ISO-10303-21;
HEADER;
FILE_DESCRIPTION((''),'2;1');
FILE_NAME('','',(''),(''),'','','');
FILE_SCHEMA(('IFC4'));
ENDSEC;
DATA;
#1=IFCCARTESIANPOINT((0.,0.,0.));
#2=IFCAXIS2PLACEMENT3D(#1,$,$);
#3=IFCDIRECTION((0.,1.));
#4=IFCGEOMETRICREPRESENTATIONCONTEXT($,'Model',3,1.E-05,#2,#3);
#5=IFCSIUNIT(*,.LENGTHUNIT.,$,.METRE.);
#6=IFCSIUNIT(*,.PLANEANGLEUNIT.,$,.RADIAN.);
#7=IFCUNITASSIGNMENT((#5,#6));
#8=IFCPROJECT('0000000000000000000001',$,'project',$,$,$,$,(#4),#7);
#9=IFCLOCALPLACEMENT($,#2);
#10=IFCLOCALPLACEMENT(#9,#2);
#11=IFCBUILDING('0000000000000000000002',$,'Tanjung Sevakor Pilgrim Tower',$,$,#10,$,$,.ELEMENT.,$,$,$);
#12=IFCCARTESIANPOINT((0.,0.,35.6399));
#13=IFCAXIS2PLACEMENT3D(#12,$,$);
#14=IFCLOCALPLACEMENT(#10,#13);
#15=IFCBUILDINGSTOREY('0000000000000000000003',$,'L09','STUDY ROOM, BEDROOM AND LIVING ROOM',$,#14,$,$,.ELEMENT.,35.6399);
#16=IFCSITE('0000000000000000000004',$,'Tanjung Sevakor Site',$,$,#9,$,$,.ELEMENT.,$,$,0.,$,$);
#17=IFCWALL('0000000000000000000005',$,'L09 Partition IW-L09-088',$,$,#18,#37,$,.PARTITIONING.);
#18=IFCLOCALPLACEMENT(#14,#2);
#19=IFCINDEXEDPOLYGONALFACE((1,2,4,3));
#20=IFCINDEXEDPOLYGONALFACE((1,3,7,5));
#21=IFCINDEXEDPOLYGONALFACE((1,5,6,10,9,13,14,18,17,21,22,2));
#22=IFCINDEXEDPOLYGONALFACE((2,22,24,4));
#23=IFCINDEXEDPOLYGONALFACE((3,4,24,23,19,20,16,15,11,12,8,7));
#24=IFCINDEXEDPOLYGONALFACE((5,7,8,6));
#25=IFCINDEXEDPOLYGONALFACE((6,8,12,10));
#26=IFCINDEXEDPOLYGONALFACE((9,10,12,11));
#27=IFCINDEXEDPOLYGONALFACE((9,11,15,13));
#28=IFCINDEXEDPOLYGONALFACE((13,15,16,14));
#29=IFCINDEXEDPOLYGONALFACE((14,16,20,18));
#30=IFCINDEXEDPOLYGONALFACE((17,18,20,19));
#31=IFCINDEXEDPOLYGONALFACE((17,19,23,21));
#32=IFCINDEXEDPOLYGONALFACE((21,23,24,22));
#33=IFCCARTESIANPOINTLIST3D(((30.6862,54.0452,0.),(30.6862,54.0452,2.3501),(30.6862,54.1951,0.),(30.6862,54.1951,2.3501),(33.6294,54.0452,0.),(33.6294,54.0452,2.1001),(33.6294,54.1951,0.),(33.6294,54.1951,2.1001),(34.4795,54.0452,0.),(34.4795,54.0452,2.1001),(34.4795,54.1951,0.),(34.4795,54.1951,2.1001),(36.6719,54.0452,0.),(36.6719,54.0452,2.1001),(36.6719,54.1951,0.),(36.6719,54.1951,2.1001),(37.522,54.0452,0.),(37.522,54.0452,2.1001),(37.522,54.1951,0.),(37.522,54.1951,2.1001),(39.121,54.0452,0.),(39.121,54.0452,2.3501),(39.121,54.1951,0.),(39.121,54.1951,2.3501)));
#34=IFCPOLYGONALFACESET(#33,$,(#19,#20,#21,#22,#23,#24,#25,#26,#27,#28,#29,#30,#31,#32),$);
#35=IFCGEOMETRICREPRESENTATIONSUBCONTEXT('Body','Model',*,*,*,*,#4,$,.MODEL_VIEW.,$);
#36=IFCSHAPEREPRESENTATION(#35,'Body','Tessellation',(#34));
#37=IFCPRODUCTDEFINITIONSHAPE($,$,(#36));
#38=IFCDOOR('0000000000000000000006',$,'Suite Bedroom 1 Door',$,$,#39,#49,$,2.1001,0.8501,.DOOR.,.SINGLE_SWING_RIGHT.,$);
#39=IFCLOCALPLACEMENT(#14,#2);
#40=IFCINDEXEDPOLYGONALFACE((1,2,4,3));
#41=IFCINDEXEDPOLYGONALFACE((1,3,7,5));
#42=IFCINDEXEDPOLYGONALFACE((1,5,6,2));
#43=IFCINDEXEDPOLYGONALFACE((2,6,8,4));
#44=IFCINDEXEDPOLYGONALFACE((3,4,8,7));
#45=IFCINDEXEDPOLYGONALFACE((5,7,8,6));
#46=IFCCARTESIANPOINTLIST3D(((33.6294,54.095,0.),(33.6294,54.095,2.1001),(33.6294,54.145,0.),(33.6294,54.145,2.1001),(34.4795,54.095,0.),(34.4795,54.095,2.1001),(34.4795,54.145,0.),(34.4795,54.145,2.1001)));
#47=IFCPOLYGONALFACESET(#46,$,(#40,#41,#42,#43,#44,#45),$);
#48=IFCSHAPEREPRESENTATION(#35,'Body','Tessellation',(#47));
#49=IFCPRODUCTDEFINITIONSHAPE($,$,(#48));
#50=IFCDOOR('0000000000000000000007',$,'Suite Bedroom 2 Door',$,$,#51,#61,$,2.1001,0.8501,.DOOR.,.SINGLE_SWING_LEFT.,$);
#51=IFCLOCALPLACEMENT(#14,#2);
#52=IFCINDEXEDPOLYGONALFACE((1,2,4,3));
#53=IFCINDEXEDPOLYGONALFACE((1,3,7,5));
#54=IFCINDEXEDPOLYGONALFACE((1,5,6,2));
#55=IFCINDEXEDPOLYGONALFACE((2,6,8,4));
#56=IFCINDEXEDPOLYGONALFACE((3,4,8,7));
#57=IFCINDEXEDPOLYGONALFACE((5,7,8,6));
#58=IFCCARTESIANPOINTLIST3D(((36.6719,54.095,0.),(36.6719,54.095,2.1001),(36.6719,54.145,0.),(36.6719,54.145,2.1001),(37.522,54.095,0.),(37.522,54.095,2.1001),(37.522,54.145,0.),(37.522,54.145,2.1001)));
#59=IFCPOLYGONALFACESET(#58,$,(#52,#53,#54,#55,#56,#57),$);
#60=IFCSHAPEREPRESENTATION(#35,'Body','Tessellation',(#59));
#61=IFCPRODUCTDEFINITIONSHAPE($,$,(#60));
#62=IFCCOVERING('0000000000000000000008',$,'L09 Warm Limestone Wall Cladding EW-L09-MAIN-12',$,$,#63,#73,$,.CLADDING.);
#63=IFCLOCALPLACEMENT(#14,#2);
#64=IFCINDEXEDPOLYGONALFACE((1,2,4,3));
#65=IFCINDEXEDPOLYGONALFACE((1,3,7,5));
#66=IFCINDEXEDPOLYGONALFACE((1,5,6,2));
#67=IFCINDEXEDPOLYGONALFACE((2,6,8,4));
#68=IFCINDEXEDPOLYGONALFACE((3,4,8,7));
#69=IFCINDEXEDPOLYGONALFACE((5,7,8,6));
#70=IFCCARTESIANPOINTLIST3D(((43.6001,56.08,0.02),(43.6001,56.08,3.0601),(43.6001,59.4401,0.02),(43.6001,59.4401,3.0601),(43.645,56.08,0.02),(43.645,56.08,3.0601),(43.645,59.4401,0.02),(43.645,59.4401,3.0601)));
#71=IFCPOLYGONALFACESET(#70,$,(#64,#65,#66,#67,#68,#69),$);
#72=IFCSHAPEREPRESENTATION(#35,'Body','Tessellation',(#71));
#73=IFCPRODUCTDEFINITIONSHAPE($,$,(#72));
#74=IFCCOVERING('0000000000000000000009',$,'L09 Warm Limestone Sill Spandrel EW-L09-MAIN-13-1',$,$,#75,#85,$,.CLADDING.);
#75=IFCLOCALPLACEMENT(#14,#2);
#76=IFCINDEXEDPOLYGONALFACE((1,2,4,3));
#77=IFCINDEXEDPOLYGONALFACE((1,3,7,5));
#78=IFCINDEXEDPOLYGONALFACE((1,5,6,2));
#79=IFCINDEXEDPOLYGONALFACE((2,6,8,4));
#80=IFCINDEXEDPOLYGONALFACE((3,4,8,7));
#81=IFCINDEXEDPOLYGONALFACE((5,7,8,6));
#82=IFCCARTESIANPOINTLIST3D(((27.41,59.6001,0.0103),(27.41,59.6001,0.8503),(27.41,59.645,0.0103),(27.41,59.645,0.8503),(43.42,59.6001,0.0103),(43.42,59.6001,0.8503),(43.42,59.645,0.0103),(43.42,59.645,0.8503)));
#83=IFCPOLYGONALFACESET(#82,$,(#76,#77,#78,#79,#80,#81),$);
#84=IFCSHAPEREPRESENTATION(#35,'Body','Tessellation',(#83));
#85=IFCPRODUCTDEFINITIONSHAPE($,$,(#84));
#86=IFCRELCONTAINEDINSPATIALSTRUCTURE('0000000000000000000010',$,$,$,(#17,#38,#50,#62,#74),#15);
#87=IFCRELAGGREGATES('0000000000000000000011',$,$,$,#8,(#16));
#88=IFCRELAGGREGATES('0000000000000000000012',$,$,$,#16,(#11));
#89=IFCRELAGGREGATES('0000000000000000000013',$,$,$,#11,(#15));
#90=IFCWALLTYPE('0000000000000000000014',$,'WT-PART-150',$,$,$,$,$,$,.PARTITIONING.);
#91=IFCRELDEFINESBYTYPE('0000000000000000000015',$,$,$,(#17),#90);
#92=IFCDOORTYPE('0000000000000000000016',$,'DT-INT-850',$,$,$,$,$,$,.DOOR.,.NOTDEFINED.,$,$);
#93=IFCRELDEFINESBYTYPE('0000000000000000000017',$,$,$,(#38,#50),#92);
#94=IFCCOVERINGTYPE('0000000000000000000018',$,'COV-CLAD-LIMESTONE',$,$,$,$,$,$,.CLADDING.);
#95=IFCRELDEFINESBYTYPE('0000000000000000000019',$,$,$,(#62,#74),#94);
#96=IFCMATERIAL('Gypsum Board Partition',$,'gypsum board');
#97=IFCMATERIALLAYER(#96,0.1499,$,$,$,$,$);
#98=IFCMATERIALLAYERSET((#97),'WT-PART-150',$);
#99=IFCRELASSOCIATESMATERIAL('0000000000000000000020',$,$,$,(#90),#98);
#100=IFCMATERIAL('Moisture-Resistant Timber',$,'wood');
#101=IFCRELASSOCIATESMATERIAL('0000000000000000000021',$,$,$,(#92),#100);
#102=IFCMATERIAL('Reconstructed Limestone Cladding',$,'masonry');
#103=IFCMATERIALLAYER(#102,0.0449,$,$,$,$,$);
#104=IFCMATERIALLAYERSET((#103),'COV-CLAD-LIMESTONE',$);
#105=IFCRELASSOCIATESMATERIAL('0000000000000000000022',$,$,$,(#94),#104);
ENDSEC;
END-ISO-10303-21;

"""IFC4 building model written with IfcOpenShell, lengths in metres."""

from ifc_helpers import new_model, si_unit, direction, frame, frame_2d, origin, origin_2d, place, context, subcontext, project, spatial, rectangle, extrude, material, layer, layer_set, type_object, element, fill, save


model = new_model("IFC4")

# Units and contexts
model_context = context("Model", 3, precision=1e-05, world=origin(), true_north=direction((0.0, 1.0)))
body_context = subcontext(model_context, "Body", "Model", "MODEL_VIEW")
ifc_project = project(units=[si_unit("LENGTHUNIT", "METRE"), si_unit("PLANEANGLEUNIT", "RADIAN")], contexts=[model_context])

# Site, building, storey
site_placement = place(None, origin())
site = spatial("IfcSite", under=ifc_project, at=site_placement, Name="Tanjung Sevakor Site", CompositionType="ELEMENT", RefElevation=0.0)
building_placement = place(site_placement, origin())
building = spatial("IfcBuilding", under=site, at=building_placement, Name="Tanjung Sevakor Pilgrim Tower", CompositionType="ELEMENT")
storey_placement = place(building_placement, frame((0.0, 0.0, 35.6399)))
storey = spatial("IfcBuildingStorey", under=building, at=storey_placement, Name="L09", Description="STUDY ROOM, BEDROOM AND LIVING ROOM", CompositionType="ELEMENT", Elevation=35.6399)

# Shared definitions
ifc_material_1 = material(Name="Gypsum Board Partition", Category="gypsum board")
ifc_layer_1 = layer(ifc_material_1, 0.1499)
ifc_layer_set_1 = layer_set([ifc_layer_1], Name="WT-PART-150")
wall_type_1 = type_object("IfcWallType", Name="WT-PART-150", PredefinedType="PARTITIONING", material=ifc_layer_set_1)

# Wall, openings, doors
wall_1_placement = place(storey_placement, frame((30.6863, 54.1201, 0.0), z_axis=(0.0, 0.0, 1.0), x_axis=(1.0, 0.0, 0.0)))
wall_1 = element("IfcWall", 1, at=wall_1_placement, inside=storey, type_object=wall_type_1, Name="L09 Partition IW-L09-088", PredefinedType="PARTITIONING", context=body_context, shape_type="SweptSolid", body=[
    extrude(rectangle(XDim=8.4348, YDim=0.1499, at=frame_2d((4.2173, 0.0))), origin(), (0.0, 0.0, 1.0), 2.3501),
])
opening_1_placement = place(wall_1_placement, frame((2.9431, 0.0, 0.0)))
opening_1 = element("IfcOpeningElement", 2, at=opening_1_placement, cuts=wall_1, PredefinedType="OPENING", context=body_context, shape_type="SweptSolid", body=[
    extrude(rectangle(XDim=0.8501, YDim=2.1001, at=frame_2d((0.425, 1.05))), frame((0.0, 0.085, 0.0), z_axis=(0.0, -1.0, 0.0), x_axis=(1.0, 0.0, 0.0)), (0.0, 0.0, 1.0), 0.1699),
])
opening_2_placement = place(wall_1_placement, frame((5.9856, 0.0, 0.0)))
opening_2 = element("IfcOpeningElement", 3, at=opening_2_placement, cuts=wall_1, PredefinedType="OPENING", context=body_context, shape_type="SweptSolid", body=[
    extrude(rectangle(XDim=0.8501, YDim=2.1001, at=frame_2d((0.425, 1.05))), frame((0.0, 0.085, 0.0), z_axis=(0.0, -1.0, 0.0), x_axis=(1.0, 0.0, 0.0)), (0.0, 0.0, 1.0), 0.1699),
])
ifc_material_2 = material(Name="Moisture-Resistant Timber", Category="wood")
door_type_1 = type_object("IfcDoorType", Name="DT-INT-850", OperationType="NOTDEFINED", PredefinedType="DOOR", material=ifc_material_2)
door_1_placement = place(opening_1_placement, origin())
door_1 = element("IfcDoor", 4, at=door_1_placement, inside=storey, type_object=door_type_1, Name="Suite Bedroom 1 Door", OperationType="SINGLE_SWING_RIGHT", OverallHeight=2.1001, OverallWidth=0.8501, PredefinedType="DOOR", context=body_context, shape_type="SweptSolid", body=[
    extrude(rectangle(XDim=0.8501, YDim=2.1001, at=frame_2d((0.425, 1.05))), frame((0.0, 0.0249, 0.0), z_axis=(0.0, -1.0, 0.0), x_axis=(1.0, 0.0, 0.0)), (0.0, 0.0, 1.0), 0.05),
])
fill(opening_1, door_1)
door_2_placement = place(opening_2_placement, origin())
door_2 = element("IfcDoor", 5, at=door_2_placement, inside=storey, type_object=door_type_1, Name="Suite Bedroom 2 Door", OperationType="SINGLE_SWING_LEFT", OverallHeight=2.1001, OverallWidth=0.8501, PredefinedType="DOOR", context=body_context, shape_type="SweptSolid", body=[
    extrude(rectangle(XDim=0.8501, YDim=2.1001, at=frame_2d((0.425, 1.05))), frame((0.0, 0.0249, 0.0), z_axis=(0.0, -1.0, 0.0), x_axis=(1.0, 0.0, 0.0)), (0.0, 0.0, 1.0), 0.05),
])
fill(opening_2, door_2)

# Coverings
ifc_material_3 = material(Name="Reconstructed Limestone Cladding", Category="masonry")
ifc_layer_2 = layer(ifc_material_3, 0.0449)
ifc_layer_set_2 = layer_set([ifc_layer_2], Name="COV-CLAD-LIMESTONE")
covering_type = type_object("IfcCoveringType", Name="COV-CLAD-LIMESTONE", PredefinedType="CLADDING", material=ifc_layer_set_2)
covering_1_placement = place(storey_placement, frame((43.6226, 57.76, 0.02), z_axis=(0.0, 0.0, 1.0), x_axis=(0.0, 1.0, 0.0)))
element("IfcCovering", 6, at=covering_1_placement, inside=storey, type_object=covering_type, Name="L09 Warm Limestone Wall Cladding EW-L09-MAIN-12", PredefinedType="CLADDING", context=body_context, shape_type="SweptSolid", body=[
    extrude(rectangle(XDim=3.3601, YDim=0.0449, at=origin_2d()), origin(), (0.0, 0.0, 1.0), 3.04),
])
covering_2_placement = place(storey_placement, frame((35.415, 59.6226, 0.0103), z_axis=(0.0, 0.0, 1.0), x_axis=(-1.0, 0.0, 0.0)))
element("IfcCovering", 7, at=covering_2_placement, inside=storey, type_object=covering_type, Name="L09 Warm Limestone Sill Spandrel EW-L09-MAIN-13-1", PredefinedType="CLADDING", context=body_context, shape_type="SweptSolid", body=[
    extrude(rectangle(XDim=16.01, YDim=0.0449, at=origin_2d()), origin(), (0.0, 0.0, 1.0), 0.8401),
])

save(model, "model.ifc")
